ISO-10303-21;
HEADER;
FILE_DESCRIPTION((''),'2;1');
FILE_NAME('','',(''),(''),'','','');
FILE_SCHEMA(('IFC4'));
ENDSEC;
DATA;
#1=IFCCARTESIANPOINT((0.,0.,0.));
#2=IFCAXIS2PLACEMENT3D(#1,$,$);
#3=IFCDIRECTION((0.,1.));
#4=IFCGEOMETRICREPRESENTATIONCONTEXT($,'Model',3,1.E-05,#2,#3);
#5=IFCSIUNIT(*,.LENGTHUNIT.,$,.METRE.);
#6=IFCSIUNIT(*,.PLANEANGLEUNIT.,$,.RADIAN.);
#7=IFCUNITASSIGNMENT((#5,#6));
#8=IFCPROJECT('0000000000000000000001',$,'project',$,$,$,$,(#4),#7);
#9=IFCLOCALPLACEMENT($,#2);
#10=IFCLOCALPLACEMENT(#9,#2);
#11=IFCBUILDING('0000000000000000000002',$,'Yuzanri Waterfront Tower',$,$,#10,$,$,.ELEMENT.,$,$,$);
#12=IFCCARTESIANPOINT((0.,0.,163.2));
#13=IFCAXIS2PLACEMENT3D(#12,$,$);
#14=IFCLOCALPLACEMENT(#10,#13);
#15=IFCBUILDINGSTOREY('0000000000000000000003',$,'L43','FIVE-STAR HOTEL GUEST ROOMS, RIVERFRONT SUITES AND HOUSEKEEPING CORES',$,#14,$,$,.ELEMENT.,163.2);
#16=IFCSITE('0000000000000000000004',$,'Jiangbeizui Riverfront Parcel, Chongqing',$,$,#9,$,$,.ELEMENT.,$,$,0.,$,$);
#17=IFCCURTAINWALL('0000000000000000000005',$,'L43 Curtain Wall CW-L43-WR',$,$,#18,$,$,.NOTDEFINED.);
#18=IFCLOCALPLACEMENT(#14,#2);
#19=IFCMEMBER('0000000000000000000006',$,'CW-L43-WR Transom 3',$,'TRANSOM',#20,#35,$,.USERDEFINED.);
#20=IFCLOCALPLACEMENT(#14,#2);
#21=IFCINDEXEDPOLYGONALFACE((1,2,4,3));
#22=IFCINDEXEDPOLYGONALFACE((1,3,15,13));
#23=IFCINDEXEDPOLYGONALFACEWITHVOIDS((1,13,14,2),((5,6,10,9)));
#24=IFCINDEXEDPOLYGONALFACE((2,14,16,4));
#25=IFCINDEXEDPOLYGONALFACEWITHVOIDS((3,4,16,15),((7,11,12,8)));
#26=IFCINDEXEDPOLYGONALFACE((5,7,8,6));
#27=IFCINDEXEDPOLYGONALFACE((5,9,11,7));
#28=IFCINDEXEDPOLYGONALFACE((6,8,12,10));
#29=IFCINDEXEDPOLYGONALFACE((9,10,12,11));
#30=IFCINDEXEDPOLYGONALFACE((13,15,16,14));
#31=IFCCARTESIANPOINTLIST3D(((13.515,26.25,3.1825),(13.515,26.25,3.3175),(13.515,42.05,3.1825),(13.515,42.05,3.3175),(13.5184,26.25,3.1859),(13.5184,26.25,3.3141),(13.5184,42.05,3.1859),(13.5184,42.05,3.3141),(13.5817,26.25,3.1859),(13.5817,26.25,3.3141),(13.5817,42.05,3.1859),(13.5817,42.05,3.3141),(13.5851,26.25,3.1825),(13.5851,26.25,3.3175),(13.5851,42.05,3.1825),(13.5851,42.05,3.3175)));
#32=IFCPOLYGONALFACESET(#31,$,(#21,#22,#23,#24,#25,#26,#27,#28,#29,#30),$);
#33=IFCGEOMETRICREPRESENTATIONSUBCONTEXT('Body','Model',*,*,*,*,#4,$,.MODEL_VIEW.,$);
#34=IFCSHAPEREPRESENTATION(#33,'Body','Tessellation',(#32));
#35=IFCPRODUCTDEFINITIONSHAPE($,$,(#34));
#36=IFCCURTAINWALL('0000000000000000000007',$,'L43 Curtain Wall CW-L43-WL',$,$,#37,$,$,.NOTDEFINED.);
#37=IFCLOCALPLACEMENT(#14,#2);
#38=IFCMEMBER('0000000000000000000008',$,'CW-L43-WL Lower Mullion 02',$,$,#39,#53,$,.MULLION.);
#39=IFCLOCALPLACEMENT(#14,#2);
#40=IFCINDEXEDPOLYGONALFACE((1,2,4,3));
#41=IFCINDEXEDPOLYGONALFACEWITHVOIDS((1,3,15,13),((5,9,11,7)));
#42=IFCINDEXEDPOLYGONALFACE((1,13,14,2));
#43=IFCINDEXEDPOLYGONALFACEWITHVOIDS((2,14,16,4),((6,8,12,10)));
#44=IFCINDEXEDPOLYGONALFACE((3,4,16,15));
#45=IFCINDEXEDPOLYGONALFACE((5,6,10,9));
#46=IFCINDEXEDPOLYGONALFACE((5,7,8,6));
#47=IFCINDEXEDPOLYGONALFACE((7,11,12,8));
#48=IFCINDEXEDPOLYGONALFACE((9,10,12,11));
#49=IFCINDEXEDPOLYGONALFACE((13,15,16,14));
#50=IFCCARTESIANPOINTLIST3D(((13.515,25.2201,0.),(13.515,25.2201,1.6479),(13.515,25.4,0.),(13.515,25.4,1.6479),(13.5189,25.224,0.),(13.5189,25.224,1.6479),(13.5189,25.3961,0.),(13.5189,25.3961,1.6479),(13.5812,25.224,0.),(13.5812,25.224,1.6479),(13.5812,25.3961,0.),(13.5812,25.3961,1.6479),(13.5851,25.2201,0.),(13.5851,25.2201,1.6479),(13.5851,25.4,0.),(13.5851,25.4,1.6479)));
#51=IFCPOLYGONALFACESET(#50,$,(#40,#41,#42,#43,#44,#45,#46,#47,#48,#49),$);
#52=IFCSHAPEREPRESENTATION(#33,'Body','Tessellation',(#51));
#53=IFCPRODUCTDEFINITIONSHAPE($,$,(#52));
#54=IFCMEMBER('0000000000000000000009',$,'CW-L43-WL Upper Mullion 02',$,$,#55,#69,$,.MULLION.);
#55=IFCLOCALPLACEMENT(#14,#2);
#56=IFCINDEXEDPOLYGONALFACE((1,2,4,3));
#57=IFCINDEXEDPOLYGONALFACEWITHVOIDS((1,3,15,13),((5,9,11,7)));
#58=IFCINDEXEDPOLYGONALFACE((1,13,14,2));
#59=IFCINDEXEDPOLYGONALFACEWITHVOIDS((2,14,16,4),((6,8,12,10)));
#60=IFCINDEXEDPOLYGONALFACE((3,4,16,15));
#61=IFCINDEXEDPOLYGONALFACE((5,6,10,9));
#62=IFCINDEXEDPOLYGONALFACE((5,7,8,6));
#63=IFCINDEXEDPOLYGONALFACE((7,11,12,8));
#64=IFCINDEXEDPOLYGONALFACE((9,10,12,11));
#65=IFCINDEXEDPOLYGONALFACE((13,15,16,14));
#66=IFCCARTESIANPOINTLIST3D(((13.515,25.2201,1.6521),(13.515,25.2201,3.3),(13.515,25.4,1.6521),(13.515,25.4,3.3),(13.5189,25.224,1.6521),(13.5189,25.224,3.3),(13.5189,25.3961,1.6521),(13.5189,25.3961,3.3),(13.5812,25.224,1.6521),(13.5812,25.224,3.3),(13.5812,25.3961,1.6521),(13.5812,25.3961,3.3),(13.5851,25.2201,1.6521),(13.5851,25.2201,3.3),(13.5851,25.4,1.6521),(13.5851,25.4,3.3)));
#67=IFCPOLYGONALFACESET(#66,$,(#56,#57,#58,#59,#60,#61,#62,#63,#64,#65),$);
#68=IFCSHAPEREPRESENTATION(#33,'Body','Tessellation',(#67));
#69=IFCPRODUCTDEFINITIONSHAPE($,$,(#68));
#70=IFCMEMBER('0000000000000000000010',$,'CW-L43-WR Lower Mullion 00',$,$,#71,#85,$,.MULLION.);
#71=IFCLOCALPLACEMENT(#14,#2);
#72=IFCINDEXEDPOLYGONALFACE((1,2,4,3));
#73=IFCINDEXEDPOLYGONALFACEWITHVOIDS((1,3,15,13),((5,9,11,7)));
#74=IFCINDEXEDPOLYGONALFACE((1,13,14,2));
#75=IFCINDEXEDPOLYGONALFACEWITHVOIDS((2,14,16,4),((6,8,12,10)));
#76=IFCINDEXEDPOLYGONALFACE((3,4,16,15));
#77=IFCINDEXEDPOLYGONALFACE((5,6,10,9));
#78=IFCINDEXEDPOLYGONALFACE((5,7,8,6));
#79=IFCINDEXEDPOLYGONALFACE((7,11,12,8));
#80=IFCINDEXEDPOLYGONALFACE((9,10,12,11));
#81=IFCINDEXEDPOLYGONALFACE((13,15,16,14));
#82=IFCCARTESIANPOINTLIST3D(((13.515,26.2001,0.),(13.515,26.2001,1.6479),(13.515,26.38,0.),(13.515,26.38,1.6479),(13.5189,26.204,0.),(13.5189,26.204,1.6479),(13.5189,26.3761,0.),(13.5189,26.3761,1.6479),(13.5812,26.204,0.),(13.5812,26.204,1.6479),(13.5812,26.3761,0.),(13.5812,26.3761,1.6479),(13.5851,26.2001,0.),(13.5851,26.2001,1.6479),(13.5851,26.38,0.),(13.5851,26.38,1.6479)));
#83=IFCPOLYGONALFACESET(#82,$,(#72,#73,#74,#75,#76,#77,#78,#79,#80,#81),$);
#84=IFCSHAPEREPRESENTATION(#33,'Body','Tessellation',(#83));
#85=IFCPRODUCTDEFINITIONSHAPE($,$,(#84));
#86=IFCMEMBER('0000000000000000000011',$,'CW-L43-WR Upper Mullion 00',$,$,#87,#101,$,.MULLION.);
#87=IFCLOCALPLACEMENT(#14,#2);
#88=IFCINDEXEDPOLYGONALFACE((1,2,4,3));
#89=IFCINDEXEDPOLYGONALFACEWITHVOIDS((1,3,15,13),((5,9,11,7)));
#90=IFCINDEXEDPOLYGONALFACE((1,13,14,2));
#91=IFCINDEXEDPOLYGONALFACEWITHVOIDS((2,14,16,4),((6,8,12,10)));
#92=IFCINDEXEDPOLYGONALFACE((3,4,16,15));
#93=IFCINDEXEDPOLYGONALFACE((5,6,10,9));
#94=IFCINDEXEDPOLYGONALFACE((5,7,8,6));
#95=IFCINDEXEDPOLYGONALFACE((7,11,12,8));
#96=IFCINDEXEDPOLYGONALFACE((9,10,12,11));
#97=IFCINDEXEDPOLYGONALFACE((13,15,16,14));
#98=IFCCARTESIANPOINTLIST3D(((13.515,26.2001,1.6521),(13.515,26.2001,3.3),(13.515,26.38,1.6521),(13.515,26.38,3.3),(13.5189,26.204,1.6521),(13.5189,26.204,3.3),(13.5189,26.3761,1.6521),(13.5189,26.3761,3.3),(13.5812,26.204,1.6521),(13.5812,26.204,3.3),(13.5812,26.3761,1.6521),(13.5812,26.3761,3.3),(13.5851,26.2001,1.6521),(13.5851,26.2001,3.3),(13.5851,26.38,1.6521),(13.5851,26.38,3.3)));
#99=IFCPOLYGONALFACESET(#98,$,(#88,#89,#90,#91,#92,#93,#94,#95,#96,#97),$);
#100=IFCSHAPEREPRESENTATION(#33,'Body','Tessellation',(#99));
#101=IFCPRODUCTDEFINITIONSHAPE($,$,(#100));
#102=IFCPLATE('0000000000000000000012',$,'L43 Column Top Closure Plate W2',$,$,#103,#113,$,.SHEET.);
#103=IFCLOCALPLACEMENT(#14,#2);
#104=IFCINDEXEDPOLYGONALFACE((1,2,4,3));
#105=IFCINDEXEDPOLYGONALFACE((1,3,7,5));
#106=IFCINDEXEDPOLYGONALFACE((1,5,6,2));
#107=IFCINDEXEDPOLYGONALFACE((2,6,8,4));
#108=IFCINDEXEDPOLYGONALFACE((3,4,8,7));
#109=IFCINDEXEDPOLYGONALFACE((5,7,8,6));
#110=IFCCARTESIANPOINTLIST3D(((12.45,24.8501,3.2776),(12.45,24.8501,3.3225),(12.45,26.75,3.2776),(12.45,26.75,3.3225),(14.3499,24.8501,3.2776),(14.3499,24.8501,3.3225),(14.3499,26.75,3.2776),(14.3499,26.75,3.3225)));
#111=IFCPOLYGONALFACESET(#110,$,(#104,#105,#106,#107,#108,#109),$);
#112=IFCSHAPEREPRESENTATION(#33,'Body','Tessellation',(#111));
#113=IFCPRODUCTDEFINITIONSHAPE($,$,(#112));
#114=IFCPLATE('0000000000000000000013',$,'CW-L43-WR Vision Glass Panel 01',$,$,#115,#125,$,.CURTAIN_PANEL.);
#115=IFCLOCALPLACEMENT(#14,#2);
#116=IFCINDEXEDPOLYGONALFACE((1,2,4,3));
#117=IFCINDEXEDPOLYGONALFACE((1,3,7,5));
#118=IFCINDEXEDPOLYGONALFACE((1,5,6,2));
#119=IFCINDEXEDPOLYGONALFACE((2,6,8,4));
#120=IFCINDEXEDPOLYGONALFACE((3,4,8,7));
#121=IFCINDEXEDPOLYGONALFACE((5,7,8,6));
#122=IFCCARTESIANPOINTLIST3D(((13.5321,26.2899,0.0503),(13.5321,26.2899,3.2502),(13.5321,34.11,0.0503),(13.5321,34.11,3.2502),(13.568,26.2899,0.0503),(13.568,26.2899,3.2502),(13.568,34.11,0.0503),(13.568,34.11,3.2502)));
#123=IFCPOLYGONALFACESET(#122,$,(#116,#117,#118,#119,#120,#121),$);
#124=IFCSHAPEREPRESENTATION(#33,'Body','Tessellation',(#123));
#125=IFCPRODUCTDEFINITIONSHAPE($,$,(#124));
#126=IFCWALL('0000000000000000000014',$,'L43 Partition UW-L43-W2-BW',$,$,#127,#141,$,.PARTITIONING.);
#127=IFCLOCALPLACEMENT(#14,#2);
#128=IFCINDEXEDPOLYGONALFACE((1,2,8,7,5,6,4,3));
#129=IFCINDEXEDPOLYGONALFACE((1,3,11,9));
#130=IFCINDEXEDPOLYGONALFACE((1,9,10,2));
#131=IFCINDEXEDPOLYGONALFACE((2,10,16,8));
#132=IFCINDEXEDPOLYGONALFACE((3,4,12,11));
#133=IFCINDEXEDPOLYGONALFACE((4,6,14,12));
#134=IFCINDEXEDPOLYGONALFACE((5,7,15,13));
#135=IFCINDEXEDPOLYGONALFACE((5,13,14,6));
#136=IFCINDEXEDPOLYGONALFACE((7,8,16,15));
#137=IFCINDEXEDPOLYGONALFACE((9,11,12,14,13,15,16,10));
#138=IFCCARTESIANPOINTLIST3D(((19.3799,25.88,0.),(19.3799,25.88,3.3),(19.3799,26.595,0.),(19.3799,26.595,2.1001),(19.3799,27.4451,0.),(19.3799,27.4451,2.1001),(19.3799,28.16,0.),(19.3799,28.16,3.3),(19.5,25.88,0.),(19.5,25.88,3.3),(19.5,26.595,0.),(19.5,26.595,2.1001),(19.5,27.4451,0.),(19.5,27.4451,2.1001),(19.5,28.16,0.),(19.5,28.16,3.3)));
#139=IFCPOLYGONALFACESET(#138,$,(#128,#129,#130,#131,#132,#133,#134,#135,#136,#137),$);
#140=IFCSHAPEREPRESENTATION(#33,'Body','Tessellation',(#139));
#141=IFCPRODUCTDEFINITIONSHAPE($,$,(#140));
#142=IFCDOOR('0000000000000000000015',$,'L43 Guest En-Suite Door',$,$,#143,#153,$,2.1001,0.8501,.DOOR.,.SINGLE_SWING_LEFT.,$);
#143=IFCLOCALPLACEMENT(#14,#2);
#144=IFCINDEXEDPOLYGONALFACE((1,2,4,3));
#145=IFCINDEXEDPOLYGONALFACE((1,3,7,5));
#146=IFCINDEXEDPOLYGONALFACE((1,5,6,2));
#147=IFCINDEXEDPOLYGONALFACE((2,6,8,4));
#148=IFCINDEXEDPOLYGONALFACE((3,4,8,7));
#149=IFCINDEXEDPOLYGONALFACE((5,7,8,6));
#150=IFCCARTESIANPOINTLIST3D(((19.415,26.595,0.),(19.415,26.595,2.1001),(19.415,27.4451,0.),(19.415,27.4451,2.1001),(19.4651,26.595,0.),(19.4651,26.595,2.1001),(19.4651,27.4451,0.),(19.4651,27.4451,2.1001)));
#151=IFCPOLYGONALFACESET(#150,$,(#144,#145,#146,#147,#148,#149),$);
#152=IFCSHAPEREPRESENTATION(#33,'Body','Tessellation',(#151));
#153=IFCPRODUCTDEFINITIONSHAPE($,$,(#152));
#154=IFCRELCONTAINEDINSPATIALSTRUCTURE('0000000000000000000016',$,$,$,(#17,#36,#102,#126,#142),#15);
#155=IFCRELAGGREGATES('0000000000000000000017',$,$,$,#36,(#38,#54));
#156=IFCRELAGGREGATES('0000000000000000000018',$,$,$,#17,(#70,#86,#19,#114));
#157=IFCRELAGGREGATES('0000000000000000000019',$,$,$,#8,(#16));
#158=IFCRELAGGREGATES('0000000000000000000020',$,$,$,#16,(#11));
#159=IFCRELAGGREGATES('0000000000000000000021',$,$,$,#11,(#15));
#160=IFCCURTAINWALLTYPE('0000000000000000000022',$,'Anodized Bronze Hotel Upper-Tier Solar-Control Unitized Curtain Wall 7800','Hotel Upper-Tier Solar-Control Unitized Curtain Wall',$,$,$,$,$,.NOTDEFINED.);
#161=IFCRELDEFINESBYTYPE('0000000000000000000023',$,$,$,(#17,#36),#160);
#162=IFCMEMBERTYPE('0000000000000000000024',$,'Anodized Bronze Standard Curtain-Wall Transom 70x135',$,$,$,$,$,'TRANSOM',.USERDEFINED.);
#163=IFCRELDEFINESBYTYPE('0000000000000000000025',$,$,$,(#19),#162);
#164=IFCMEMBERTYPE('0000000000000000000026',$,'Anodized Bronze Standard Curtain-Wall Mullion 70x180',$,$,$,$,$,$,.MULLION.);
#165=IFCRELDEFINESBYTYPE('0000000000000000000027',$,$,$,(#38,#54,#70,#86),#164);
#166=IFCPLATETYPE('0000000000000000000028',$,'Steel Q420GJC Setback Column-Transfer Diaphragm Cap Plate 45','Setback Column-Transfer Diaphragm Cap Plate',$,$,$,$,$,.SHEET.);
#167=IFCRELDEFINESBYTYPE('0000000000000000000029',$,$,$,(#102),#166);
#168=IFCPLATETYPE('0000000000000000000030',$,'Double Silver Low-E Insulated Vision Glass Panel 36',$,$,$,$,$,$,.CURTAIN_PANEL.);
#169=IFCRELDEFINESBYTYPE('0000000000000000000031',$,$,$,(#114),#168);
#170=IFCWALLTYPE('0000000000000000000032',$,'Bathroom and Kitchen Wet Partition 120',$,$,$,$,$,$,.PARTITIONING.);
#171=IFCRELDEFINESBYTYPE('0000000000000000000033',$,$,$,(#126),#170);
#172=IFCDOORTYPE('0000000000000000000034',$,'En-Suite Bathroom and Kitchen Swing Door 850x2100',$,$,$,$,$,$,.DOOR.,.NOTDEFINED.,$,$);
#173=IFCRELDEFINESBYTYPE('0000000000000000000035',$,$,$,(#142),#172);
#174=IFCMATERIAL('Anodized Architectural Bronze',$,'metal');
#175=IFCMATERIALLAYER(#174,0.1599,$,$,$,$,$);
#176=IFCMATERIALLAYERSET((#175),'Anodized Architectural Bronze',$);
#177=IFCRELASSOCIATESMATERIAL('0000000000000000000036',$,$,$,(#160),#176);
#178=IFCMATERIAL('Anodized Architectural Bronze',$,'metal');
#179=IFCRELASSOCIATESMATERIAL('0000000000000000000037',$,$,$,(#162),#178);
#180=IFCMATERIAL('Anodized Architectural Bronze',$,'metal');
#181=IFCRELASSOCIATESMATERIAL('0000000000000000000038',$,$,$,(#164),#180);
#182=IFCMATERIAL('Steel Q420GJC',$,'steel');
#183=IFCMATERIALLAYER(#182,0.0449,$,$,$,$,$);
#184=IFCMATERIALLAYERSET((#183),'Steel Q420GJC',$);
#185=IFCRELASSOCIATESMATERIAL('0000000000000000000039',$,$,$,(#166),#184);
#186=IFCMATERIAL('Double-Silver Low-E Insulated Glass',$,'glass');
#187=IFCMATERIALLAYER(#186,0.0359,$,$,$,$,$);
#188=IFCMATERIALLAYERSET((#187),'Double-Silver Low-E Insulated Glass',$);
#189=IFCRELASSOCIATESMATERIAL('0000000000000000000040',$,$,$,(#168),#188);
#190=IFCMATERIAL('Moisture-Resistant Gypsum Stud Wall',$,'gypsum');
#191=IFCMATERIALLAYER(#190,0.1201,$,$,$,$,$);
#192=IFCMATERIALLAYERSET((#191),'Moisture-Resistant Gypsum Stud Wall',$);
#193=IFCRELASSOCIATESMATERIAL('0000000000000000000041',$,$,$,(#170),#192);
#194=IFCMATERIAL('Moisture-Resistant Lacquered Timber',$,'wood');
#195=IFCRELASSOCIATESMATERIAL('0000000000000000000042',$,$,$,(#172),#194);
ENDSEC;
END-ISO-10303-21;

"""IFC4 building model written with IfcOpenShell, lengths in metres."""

from ifc_helpers import new_model, si_unit, direction, frame, frame_2d, origin, origin_2d, place, context, subcontext, project, spatial, rectangle, hollow_rectangle, extrude, source, transform, mapped, material, layer, layer_set, material_profile, profile_set, type_object, element, fill, aggregate, save


model = new_model("IFC4")

# Units and contexts
model_context = context("Model", 3, precision=1e-05, world=origin(), true_north=direction((0.0, 1.0)))
body_context = subcontext(model_context, "Body", "Model", "MODEL_VIEW")
ifc_project = project(units=[si_unit("LENGTHUNIT", "METRE"), si_unit("PLANEANGLEUNIT", "RADIAN")], contexts=[model_context])

# Site, building, storey
site_placement = place(None, origin())
site = spatial("IfcSite", under=ifc_project, at=site_placement, Name="Jiangbeizui Riverfront Parcel, Chongqing", CompositionType="ELEMENT", RefElevation=0.0)
building_placement = place(site_placement, origin())
building = spatial("IfcBuilding", under=site, at=building_placement, Name="Yuzanri Waterfront Tower", CompositionType="ELEMENT")
storey_placement = place(building_placement, frame((0.0, 0.0, 163.2)))
storey = spatial("IfcBuildingStorey", under=building, at=storey_placement, Name="L43", Description="FIVE-STAR HOTEL GUEST ROOMS, RIVERFRONT SUITES AND HOUSEKEEPING CORES", CompositionType="ELEMENT", Elevation=163.2)

# Curtain walls, members
ifc_material_1 = material(Name="Anodized Architectural Bronze", Category="metal")
ifc_layer_1 = layer(ifc_material_1, 0.1599)
ifc_layer_set_1 = layer_set([ifc_layer_1], Name="Anodized Architectural Bronze")
curtain_wall_type = type_object("IfcCurtainWallType", Name="Anodized Bronze Hotel Upper-Tier Solar-Control Unitized Curtain Wall 7800", Description="Hotel Upper-Tier Solar-Control Unitized Curtain Wall", PredefinedType="NOTDEFINED", material=ifc_layer_set_1)
curtain_wall_1_placement = place(storey_placement, origin())
curtain_wall_1 = element("IfcCurtainWall", 1, at=curtain_wall_1_placement, inside=storey, type_object=curtain_wall_type, Name="L43 Curtain Wall CW-L43-WR", PredefinedType="NOTDEFINED")
ifc_material_2 = material(Name="Anodized Architectural Bronze", Category="metal")
ifc_material_profile_1 = material_profile(ifc_material_2, hollow_rectangle(XDim=0.0701, YDim=0.135, WallThickness=0.0034, at=origin_2d()), Name="CWT 70x135")
ifc_profile_set_1 = profile_set([ifc_material_profile_1], Name="Anodized Architectural Bronze")
member_type_1 = type_object("IfcMemberType", Name="Anodized Bronze Standard Curtain-Wall Transom 70x135", ElementType="TRANSOM", PredefinedType="USERDEFINED", material=ifc_profile_set_1)
shared_shape_1 = source(origin(), body_context, "Body", "SweptSolid", [
    extrude(hollow_rectangle(XDim=0.0701, YDim=0.135, WallThickness=0.0034, at=origin_2d()), origin(), (0.0, 0.0, 1.0), 15.8),
])
member_1_placement = place(storey_placement, frame((13.55, 26.25, 3.25), z_axis=(0.0, 1.0, 0.0), x_axis=(-1.0, 0.0, 0.0)))
member_1 = element("IfcMember", 2, at=member_1_placement, type_object=member_type_1, Name="CW-L43-WR Transom 3", ObjectType="TRANSOM", PredefinedType="USERDEFINED", context=body_context, shape_type="MappedRepresentation", body=[
    mapped(shared_shape_1, transform((0.0, 0.0, 0.0), scale=1.0)),
])
curtain_wall_2_placement = place(storey_placement, origin())
curtain_wall_2 = element("IfcCurtainWall", 3, at=curtain_wall_2_placement, inside=storey, type_object=curtain_wall_type, Name="L43 Curtain Wall CW-L43-WL", PredefinedType="NOTDEFINED")
ifc_material_3 = material(Name="Anodized Architectural Bronze", Category="metal")
ifc_material_profile_2 = material_profile(ifc_material_3, hollow_rectangle(XDim=0.0701, YDim=0.1799, WallThickness=0.0039, at=origin_2d()), Name="CWM 70x180")
ifc_profile_set_2 = profile_set([ifc_material_profile_2], Name="Anodized Architectural Bronze")
member_type_2 = type_object("IfcMemberType", Name="Anodized Bronze Standard Curtain-Wall Mullion 70x180", PredefinedType="MULLION", material=ifc_profile_set_2)
shared_shape_2 = source(origin(), body_context, "Body", "SweptSolid", [
    extrude(hollow_rectangle(XDim=0.0701, YDim=0.1799, WallThickness=0.0039, at=origin_2d()), origin(), (0.0, 0.0, 1.0), 1.6479),
])
member_2_placement = place(storey_placement, frame((13.55, 25.3101, 0.0), z_axis=(0.0, 0.0, 1.0), x_axis=(1.0, 0.0, 0.0)))
member_2 = element("IfcMember", 4, at=member_2_placement, type_object=member_type_2, Name="CW-L43-WL Lower Mullion 02", PredefinedType="MULLION", context=body_context, shape_type="MappedRepresentation", body=[
    mapped(shared_shape_2, transform((0.0, 0.0, 0.0), scale=1.0)),
])
member_3_placement = place(storey_placement, frame((13.55, 25.3101, 1.6521), z_axis=(0.0, 0.0, 1.0), x_axis=(1.0, 0.0, 0.0)))
member_3 = element("IfcMember", 5, at=member_3_placement, type_object=member_type_2, Name="CW-L43-WL Upper Mullion 02", PredefinedType="MULLION", context=body_context, shape_type="MappedRepresentation", body=[
    mapped(shared_shape_2, transform((0.0, 0.0, 0.0), scale=1.0)),
])
aggregate(curtain_wall_2, [member_2, member_3])

# Members
member_4_placement = place(storey_placement, frame((13.55, 26.29, 0.0), z_axis=(0.0, 0.0, 1.0), x_axis=(1.0, 0.0, 0.0)))
member_4 = element("IfcMember", 6, at=member_4_placement, type_object=member_type_2, Name="CW-L43-WR Lower Mullion 00", PredefinedType="MULLION", context=body_context, shape_type="MappedRepresentation", body=[
    mapped(shared_shape_2, transform((0.0, 0.0, 0.0), scale=1.0)),
])
member_5_placement = place(storey_placement, frame((13.55, 26.29, 1.6521), z_axis=(0.0, 0.0, 1.0), x_axis=(1.0, 0.0, 0.0)))
member_5 = element("IfcMember", 7, at=member_5_placement, type_object=member_type_2, Name="CW-L43-WR Upper Mullion 00", PredefinedType="MULLION", context=body_context, shape_type="MappedRepresentation", body=[
    mapped(shared_shape_2, transform((0.0, 0.0, 0.0), scale=1.0)),
])

# Plates
ifc_material_4 = material(Name="Steel Q420GJC", Category="steel")
ifc_layer_2 = layer(ifc_material_4, 0.0449)
ifc_layer_set_2 = layer_set([ifc_layer_2], Name="Steel Q420GJC")
plate_type_1 = type_object("IfcPlateType", Name="Steel Q420GJC Setback Column-Transfer Diaphragm Cap Plate 45", Description="Setback Column-Transfer Diaphragm Cap Plate", PredefinedType="SHEET", material=ifc_layer_set_2)
shared_shape_3 = source(origin(), body_context, "Body", "SweptSolid", [
    extrude(rectangle(XDim=1.8999, YDim=1.8999, at=origin_2d()), origin(), (0.0, 0.0, 1.0), 0.0449),
])
plate_1_placement = place(storey_placement, frame((13.3999, 25.8, 3.2776), z_axis=(0.0, 0.0, 1.0), x_axis=(1.0, 0.0, 0.0)))
element("IfcPlate", 8, at=plate_1_placement, inside=storey, type_object=plate_type_1, Name="L43 Column Top Closure Plate W2", PredefinedType="SHEET", context=body_context, shape_type="MappedRepresentation", body=[
    mapped(shared_shape_3, transform((0.0, 0.0, 0.0), scale=1.0)),
])
ifc_material_5 = material(Name="Double-Silver Low-E Insulated Glass", Category="glass")
ifc_layer_3 = layer(ifc_material_5, 0.0359)
ifc_layer_set_3 = layer_set([ifc_layer_3], Name="Double-Silver Low-E Insulated Glass")
plate_type_2 = type_object("IfcPlateType", Name="Double Silver Low-E Insulated Vision Glass Panel 36", PredefinedType="CURTAIN_PANEL", material=ifc_layer_set_3)
shared_shape_4 = source(origin(), body_context, "Body", "SweptSolid", [
    extrude(rectangle(XDim=7.8201, YDim=0.0359, at=origin_2d()), origin(), (0.0, 0.0, 1.0), 3.2),
])
plate_2_placement = place(storey_placement, frame((13.55, 30.2, 0.0503), z_axis=(0.0, 0.0, 1.0), x_axis=(0.0, 1.0, 0.0)))
plate_2 = element("IfcPlate", 9, at=plate_2_placement, type_object=plate_type_2, Name="CW-L43-WR Vision Glass Panel 01", PredefinedType="CURTAIN_PANEL", context=body_context, shape_type="MappedRepresentation", body=[
    mapped(shared_shape_4, transform((0.0, 0.0, 0.0), scale=1.0)),
])
aggregate(curtain_wall_1, [member_4, member_5, member_1, plate_2])

# Wall, opening, door
ifc_material_6 = material(Name="Moisture-Resistant Gypsum Stud Wall", Category="gypsum")
ifc_layer_4 = layer(ifc_material_6, 0.1201)
ifc_layer_set_4 = layer_set([ifc_layer_4], Name="Moisture-Resistant Gypsum Stud Wall")
wall_type_1 = type_object("IfcWallType", Name="Bathroom and Kitchen Wet Partition 120", PredefinedType="PARTITIONING", material=ifc_layer_set_4)
wall_1_placement = place(storey_placement, frame((19.4399, 25.8799, 0.0), z_axis=(0.0, 0.0, 1.0), x_axis=(0.0, 1.0, 0.0)))
wall_1 = element("IfcWall", 10, at=wall_1_placement, inside=storey, type_object=wall_type_1, Name="L43 Partition UW-L43-W2-BW", PredefinedType="PARTITIONING", context=body_context, shape_type="SweptSolid", body=[
    extrude(rectangle(XDim=2.28, YDim=0.1201, at=frame_2d((1.1401, 0.0))), origin(), (0.0, 0.0, 1.0), 3.3),
])
opening_1_placement = place(wall_1_placement, frame((0.7151, 0.0, 0.0)))
opening_1 = element("IfcOpeningElement", 11, at=opening_1_placement, cuts=wall_1, PredefinedType="OPENING", context=body_context, shape_type="SweptSolid", body=[
    extrude(rectangle(XDim=0.8501, YDim=2.1001, at=frame_2d((0.425, 1.05))), frame((0.0, 0.075, 0.0), z_axis=(0.0, -1.0, 0.0), x_axis=(1.0, 0.0, 0.0)), (0.0, 0.0, 1.0), 0.1499),
])
ifc_material_7 = material(Name="Moisture-Resistant Lacquered Timber", Category="wood")
door_type_1 = type_object("IfcDoorType", Name="En-Suite Bathroom and Kitchen Swing Door 850x2100", OperationType="NOTDEFINED", PredefinedType="DOOR", material=ifc_material_7)
shared_shape_5 = source(origin(), body_context, "Body", "SweptSolid", [
    extrude(rectangle(XDim=0.8501, YDim=2.1001, at=frame_2d((0.425, 1.05))), frame((0.0, 0.0249, 0.0), z_axis=(0.0, -1.0, 0.0), x_axis=(1.0, 0.0, 0.0)), (0.0, 0.0, 1.0), 0.05),
])
door_1_placement = place(opening_1_placement, origin())
door_1 = element("IfcDoor", 12, at=door_1_placement, inside=storey, type_object=door_type_1, Name="L43 Guest En-Suite Door", OperationType="SINGLE_SWING_LEFT", OverallHeight=2.1001, OverallWidth=0.8501, PredefinedType="DOOR", context=body_context, shape_type="MappedRepresentation", body=[
    mapped(shared_shape_5, transform((0.0, 0.0, 0.0), scale=1.0)),
])
fill(opening_1, door_1)

save(model, "model.ifc")
